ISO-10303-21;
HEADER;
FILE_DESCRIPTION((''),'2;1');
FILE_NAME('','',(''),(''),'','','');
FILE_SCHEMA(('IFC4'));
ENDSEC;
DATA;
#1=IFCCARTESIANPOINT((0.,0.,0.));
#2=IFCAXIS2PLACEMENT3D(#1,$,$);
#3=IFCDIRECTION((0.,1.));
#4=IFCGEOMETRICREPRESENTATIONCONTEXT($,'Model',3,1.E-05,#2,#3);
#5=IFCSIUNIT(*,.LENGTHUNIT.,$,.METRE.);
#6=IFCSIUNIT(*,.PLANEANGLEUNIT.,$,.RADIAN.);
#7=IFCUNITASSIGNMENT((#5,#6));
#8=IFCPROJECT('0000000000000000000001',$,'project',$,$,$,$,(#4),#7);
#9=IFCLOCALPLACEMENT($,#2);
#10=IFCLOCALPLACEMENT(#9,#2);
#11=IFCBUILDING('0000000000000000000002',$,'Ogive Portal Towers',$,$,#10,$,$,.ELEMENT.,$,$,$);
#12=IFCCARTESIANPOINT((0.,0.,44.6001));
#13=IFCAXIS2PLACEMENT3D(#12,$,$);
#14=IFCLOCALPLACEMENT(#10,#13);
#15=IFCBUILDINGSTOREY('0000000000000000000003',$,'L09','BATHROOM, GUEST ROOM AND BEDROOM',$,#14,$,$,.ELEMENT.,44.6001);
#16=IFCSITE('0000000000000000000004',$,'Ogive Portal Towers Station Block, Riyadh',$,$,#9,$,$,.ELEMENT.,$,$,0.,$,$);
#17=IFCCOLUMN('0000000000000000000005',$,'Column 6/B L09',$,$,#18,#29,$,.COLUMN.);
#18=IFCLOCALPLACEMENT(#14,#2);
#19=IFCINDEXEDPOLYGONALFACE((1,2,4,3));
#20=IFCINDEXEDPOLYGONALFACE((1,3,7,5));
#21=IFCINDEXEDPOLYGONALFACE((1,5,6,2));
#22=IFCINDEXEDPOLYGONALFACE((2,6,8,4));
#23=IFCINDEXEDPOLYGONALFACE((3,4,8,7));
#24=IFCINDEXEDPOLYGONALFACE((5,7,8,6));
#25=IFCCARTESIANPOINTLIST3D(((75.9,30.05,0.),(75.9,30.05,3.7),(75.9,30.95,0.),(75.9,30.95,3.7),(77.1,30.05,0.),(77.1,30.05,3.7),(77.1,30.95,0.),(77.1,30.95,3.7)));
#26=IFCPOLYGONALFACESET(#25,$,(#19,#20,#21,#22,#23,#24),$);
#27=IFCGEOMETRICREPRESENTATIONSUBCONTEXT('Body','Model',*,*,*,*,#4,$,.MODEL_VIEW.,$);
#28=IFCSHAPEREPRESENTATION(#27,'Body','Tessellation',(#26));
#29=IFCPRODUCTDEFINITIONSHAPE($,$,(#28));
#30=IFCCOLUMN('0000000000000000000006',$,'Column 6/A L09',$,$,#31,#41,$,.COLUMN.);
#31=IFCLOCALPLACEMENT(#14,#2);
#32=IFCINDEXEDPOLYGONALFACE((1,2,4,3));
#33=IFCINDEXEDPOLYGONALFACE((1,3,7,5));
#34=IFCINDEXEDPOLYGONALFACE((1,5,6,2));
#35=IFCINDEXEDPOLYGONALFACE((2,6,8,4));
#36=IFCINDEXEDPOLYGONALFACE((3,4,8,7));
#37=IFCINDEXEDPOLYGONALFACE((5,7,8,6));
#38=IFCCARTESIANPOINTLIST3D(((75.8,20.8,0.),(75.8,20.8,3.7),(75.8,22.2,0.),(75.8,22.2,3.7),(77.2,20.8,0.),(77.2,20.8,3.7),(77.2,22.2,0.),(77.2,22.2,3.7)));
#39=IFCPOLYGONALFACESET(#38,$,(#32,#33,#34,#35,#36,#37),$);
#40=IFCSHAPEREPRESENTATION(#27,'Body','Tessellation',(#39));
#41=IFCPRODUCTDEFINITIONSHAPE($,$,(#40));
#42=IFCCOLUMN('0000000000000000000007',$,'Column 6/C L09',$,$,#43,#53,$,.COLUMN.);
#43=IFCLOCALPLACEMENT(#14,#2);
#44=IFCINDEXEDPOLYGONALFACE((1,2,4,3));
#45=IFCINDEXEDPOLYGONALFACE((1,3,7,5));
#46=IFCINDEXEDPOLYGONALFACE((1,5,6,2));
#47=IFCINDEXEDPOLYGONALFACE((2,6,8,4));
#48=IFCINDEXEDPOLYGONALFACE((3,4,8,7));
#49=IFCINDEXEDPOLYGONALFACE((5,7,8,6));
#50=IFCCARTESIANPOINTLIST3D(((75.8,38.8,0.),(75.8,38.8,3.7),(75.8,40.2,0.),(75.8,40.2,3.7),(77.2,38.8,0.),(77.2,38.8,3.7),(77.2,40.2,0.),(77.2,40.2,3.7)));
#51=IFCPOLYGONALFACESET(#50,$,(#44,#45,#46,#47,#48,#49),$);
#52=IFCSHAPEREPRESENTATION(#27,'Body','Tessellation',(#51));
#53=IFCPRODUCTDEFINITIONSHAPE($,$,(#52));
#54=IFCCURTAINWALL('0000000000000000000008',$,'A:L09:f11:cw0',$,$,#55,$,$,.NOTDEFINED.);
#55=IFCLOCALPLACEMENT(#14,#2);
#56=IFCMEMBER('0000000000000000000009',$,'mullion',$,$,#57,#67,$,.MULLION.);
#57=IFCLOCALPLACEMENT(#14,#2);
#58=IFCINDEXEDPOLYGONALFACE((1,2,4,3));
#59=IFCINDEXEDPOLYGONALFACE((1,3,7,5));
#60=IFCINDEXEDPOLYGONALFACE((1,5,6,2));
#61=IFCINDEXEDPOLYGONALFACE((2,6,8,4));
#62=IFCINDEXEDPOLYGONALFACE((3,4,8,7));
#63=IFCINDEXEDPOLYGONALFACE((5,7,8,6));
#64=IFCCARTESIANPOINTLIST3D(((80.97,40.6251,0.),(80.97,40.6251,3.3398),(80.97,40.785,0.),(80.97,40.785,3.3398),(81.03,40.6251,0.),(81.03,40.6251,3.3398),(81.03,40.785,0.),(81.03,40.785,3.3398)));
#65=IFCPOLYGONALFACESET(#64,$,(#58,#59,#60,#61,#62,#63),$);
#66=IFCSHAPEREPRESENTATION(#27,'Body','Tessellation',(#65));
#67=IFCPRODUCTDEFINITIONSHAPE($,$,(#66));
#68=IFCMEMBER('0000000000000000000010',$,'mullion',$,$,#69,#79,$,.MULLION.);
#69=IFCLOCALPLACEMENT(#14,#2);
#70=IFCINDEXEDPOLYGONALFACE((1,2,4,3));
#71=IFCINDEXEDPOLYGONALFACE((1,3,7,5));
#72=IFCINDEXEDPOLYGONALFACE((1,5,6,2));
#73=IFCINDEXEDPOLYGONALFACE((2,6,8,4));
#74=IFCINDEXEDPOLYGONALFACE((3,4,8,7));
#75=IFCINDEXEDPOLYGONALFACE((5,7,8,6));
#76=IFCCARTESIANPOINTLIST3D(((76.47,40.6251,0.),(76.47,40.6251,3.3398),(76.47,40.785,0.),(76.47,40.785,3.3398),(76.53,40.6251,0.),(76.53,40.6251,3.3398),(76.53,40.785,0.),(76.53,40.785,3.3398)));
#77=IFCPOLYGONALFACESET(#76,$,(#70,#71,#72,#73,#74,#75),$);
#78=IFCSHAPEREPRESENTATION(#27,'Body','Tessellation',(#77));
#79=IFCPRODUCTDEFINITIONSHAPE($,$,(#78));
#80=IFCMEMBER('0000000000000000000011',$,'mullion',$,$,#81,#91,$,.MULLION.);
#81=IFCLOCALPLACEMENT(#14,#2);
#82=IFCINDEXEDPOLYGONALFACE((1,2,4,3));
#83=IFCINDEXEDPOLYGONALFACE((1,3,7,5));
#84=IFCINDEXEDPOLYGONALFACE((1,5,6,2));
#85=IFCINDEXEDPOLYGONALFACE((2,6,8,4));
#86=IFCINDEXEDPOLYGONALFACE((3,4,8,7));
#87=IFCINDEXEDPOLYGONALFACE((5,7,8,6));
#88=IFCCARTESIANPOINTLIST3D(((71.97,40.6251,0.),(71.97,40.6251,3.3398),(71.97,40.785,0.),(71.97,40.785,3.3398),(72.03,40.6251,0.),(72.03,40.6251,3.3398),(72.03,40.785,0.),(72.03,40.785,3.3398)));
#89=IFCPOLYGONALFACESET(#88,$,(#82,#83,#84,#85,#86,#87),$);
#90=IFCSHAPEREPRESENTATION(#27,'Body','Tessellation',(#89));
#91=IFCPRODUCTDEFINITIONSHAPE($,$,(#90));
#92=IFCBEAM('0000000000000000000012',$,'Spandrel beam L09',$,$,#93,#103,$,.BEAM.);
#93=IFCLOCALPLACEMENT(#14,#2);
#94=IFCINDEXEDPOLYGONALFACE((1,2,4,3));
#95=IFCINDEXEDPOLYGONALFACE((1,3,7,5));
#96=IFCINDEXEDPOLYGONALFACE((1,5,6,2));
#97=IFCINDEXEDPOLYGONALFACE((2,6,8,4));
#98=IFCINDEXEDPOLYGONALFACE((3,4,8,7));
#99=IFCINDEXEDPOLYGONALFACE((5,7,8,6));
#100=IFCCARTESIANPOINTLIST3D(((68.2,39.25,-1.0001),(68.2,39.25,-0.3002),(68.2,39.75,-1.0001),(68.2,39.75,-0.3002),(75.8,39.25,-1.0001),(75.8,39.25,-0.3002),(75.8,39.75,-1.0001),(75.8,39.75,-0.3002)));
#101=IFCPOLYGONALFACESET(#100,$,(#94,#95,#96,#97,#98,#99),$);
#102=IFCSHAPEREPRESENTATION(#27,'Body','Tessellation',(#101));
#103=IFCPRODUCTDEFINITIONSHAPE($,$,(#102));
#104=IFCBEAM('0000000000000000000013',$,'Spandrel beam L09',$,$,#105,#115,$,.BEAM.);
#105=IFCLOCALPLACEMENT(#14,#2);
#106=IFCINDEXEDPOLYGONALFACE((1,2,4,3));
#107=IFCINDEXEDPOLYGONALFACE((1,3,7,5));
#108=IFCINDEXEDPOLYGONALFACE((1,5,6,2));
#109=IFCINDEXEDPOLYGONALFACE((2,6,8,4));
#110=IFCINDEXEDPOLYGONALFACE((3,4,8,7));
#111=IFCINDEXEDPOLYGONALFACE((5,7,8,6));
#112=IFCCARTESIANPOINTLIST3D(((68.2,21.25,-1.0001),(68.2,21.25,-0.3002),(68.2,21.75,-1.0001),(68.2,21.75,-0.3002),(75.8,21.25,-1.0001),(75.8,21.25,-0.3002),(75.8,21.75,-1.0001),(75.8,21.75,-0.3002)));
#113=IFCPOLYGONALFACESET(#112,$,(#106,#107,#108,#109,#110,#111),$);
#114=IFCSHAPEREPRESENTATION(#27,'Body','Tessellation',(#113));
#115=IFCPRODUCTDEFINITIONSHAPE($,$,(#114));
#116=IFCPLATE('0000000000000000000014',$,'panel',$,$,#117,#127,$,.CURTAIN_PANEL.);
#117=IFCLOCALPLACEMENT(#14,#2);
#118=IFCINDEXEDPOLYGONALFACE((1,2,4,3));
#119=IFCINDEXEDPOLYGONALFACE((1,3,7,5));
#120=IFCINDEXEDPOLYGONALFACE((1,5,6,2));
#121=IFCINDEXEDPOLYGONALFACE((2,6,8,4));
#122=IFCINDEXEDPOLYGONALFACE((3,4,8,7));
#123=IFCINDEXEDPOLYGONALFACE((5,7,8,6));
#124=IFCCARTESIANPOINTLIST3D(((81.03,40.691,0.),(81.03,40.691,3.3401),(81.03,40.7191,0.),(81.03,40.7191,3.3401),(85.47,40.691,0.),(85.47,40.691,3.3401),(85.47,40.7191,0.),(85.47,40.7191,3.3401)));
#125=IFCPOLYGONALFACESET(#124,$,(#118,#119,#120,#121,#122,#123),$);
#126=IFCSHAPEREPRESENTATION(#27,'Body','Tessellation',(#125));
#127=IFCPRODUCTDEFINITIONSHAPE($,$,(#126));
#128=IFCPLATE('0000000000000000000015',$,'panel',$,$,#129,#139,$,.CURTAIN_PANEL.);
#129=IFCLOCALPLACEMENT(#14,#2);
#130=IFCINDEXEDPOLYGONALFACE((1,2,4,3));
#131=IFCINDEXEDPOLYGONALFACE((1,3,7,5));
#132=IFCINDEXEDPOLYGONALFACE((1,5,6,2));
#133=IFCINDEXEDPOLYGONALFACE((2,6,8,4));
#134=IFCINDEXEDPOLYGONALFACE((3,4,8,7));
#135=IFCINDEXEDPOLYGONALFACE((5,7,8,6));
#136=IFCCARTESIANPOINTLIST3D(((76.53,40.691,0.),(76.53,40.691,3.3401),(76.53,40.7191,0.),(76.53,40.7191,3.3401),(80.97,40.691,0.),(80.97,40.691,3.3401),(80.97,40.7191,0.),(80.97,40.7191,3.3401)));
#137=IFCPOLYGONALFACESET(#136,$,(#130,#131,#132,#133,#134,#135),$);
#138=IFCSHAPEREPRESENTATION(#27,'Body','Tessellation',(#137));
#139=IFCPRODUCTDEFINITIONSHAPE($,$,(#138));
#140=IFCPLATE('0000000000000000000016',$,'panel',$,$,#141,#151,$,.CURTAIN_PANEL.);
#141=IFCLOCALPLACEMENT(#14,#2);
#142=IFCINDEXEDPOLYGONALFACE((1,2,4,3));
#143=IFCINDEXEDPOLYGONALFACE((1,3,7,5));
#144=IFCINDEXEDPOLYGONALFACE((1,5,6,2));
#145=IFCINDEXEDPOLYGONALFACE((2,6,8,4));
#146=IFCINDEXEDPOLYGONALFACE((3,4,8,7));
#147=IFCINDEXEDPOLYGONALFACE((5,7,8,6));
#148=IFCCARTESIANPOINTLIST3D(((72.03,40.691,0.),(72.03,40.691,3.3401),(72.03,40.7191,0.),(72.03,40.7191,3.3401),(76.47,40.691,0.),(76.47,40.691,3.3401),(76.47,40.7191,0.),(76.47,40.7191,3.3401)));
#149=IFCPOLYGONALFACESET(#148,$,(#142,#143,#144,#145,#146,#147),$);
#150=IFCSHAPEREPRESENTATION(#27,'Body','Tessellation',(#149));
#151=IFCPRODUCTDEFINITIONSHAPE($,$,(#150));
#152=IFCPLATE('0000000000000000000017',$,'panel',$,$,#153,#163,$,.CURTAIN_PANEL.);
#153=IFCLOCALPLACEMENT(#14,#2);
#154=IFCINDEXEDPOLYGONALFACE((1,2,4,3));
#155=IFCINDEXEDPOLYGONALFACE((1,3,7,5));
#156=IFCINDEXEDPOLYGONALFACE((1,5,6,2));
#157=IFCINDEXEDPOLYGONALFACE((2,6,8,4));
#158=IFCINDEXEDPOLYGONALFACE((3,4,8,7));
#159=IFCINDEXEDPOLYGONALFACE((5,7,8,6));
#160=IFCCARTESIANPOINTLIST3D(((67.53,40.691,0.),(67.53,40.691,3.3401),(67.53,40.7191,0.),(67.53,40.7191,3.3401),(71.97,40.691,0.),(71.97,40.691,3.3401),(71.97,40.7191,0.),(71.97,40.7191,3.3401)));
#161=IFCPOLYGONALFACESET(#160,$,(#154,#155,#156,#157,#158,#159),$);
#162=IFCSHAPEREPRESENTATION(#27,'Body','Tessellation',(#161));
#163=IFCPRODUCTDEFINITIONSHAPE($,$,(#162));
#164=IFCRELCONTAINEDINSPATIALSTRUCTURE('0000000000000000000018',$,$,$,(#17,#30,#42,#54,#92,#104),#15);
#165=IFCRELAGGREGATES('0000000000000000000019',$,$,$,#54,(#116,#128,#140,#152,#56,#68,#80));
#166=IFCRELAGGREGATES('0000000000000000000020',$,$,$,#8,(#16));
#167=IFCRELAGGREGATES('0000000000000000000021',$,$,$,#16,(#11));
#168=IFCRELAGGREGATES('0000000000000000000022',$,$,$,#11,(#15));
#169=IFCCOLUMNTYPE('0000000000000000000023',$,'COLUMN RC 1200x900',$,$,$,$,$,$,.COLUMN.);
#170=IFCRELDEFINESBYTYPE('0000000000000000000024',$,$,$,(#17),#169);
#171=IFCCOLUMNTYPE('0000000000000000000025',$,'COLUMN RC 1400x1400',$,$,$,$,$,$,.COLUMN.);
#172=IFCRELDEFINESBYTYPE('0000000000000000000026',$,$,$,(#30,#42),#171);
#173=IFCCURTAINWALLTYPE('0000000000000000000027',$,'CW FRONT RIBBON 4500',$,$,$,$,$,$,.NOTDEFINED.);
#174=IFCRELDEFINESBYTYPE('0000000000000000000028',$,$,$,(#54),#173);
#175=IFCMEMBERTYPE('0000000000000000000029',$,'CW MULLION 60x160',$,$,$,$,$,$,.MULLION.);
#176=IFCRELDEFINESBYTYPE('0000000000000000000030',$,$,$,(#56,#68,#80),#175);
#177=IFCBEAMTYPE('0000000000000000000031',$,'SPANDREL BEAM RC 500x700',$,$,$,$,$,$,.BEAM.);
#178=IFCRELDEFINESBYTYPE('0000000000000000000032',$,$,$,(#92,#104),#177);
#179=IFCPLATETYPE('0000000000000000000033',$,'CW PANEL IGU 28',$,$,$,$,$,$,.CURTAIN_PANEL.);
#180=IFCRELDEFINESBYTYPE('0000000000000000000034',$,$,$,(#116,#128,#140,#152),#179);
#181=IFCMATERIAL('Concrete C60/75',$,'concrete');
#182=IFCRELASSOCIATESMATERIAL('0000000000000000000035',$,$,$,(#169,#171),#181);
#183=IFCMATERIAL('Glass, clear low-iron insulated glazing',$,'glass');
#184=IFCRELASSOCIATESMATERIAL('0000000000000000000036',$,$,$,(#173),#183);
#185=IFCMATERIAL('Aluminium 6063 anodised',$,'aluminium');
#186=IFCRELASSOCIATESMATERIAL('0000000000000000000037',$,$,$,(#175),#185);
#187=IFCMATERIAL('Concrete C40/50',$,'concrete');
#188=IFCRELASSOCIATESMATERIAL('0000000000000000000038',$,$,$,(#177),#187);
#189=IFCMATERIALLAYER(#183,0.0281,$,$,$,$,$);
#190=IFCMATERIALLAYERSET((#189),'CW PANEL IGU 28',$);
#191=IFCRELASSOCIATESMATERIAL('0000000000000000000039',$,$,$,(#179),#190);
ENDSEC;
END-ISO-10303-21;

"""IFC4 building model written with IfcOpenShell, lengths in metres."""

from ifc_helpers import new_model, si_unit, direction, frame, origin, origin_2d, place, context, subcontext, project, spatial, rectangle, extrude, material, layer, layer_set, material_profile, profile_set, type_object, element, aggregate, save


model = new_model("IFC4")

# Units and contexts
model_context = context("Model", 3, precision=1e-05, world=origin(), true_north=direction((0.0, 1.0)))
body_context = subcontext(model_context, "Body", "Model", "MODEL_VIEW")
ifc_project = project(units=[si_unit("LENGTHUNIT", "METRE"), si_unit("PLANEANGLEUNIT", "RADIAN")], contexts=[model_context])

# Site, building, storey
site_placement = place(None, origin())
site = spatial("IfcSite", under=ifc_project, at=site_placement, Name="Ogive Portal Towers Station Block, Riyadh", CompositionType="ELEMENT", RefElevation=0.0)
building_placement = place(site_placement, origin())
building = spatial("IfcBuilding", under=site, at=building_placement, Name="Ogive Portal Towers", CompositionType="ELEMENT")
storey_placement = place(building_placement, frame((0.0, 0.0, 44.6001)))
storey = spatial("IfcBuildingStorey", under=building, at=storey_placement, Name="L09", Description="BATHROOM, GUEST ROOM AND BEDROOM", CompositionType="ELEMENT", Elevation=44.6001)

# Columns
ifc_material_1 = material(Name="Concrete C60/75", Category="concrete")
ifc_material_profile_1 = material_profile(ifc_material_1, rectangle(XDim=1.2, YDim=0.8999, at=origin_2d()), Name="RC 1200x900")
ifc_profile_set_1 = profile_set([ifc_material_profile_1], Name="Concrete C60/75")
column_type_1 = type_object("IfcColumnType", Name="COLUMN RC 1200x900", PredefinedType="COLUMN", material=ifc_profile_set_1)
column_placement = place(storey_placement, frame((76.5, 30.5, 0.0), z_axis=(0.0, 0.0, 1.0), x_axis=(1.0, 0.0, 0.0)))
element("IfcColumn", 1, at=column_placement, inside=storey, type_object=column_type_1, Name="Column 6/B L09", PredefinedType="COLUMN", context=body_context, shape_type="SweptSolid", body=[
    extrude(rectangle(XDim=1.2, YDim=0.8999, at=origin_2d()), origin(), (0.0, 0.0, 1.0), 3.7),
])
ifc_material_profile_2 = material_profile(ifc_material_1, rectangle(XDim=1.3999, YDim=1.3999, at=origin_2d()), Name="RC 1400x1400")
ifc_profile_set_2 = profile_set([ifc_material_profile_2], Name="Concrete C60/75")
column_type_2 = type_object("IfcColumnType", Name="COLUMN RC 1400x1400", PredefinedType="COLUMN", material=ifc_profile_set_2)
for number, where, z_axis, x_axis, name in (
    (2, (76.5, 21.5, 0.0), (0.0, 0.0, 1.0), (1.0, 0.0, 0.0), "Column 6/A L09"),
    (3, (76.5, 39.5, 0.0), (0.0, 0.0, 1.0), (1.0, 0.0, 0.0), "Column 6/C L09"),
):
    element("IfcColumn", number, at=place(storey_placement, frame(where, z_axis=z_axis, x_axis=x_axis)), inside=storey, type_object=column_type_2, Name=name, PredefinedType="COLUMN", context=body_context, shape_type="SweptSolid", body=[
        extrude(rectangle(XDim=1.3999, YDim=1.3999, at=origin_2d()), origin(), (0.0, 0.0, 1.0), 3.7),
    ])

# Curtain wall, members
ifc_material_2 = material(Name="Glass, clear low-iron insulated glazing", Category="glass")
curtain_wall_type = type_object("IfcCurtainWallType", Name="CW FRONT RIBBON 4500", PredefinedType="NOTDEFINED", material=ifc_material_2)
curtain_wall_placement = place(storey_placement, origin())
curtain_wall = element("IfcCurtainWall", 4, at=curtain_wall_placement, inside=storey, type_object=curtain_wall_type, Name="A:L09:f11:cw0", PredefinedType="NOTDEFINED")
ifc_material_3 = material(Name="Aluminium 6063 anodised", Category="aluminium")
ifc_material_profile_3 = material_profile(ifc_material_3, rectangle(XDim=0.1599, YDim=0.0601, at=origin_2d()), Name="AL 60x160")
ifc_profile_set_3 = profile_set([ifc_material_profile_3], Name="Aluminium 6063 anodised")
member_type = type_object("IfcMemberType", Name="CW MULLION 60x160", PredefinedType="MULLION", material=ifc_profile_set_3)
member_1_placement = place(storey_placement, frame((81.0, 40.7051, 0.0), z_axis=(0.0, 0.0, 1.0), x_axis=(0.0, -1.0, 0.0)))
member_1 = element("IfcMember", 5, at=member_1_placement, type_object=member_type, Name="mullion", PredefinedType="MULLION", context=body_context, shape_type="SweptSolid", body=[
    extrude(rectangle(XDim=0.1599, YDim=0.0601, at=origin_2d()), origin(), (0.0, 0.0, 1.0), 3.3398),
])
member_2_placement = place(storey_placement, frame((76.5, 40.7051, 0.0), z_axis=(0.0, 0.0, 1.0), x_axis=(0.0, -1.0, 0.0)))
member_2 = element("IfcMember", 6, at=member_2_placement, type_object=member_type, Name="mullion", PredefinedType="MULLION", context=body_context, shape_type="SweptSolid", body=[
    extrude(rectangle(XDim=0.1599, YDim=0.0601, at=origin_2d()), origin(), (0.0, 0.0, 1.0), 3.3398),
])
member_3_placement = place(storey_placement, frame((72.0, 40.7051, 0.0), z_axis=(0.0, 0.0, 1.0), x_axis=(0.0, -1.0, 0.0)))
member_3 = element("IfcMember", 7, at=member_3_placement, type_object=member_type, Name="mullion", PredefinedType="MULLION", context=body_context, shape_type="SweptSolid", body=[
    extrude(rectangle(XDim=0.1599, YDim=0.0601, at=origin_2d()), origin(), (0.0, 0.0, 1.0), 3.3398),
])

# Beams
ifc_material_4 = material(Name="Concrete C40/50", Category="concrete")
ifc_material_profile_4 = material_profile(ifc_material_4, rectangle(XDim=0.5, YDim=0.7, at=origin_2d()), Name="RC 500x700")
ifc_profile_set_4 = profile_set([ifc_material_profile_4], Name="Concrete C40/50")
beam_type = type_object("IfcBeamType", Name="SPANDREL BEAM RC 500x700", PredefinedType="BEAM", material=ifc_profile_set_4)
for number, where, z_axis, x_axis, name in (
    (8, (68.2, 39.5, -0.6501), (1.0, 0.0, 0.0), (0.0, 1.0, 0.0), "Spandrel beam L09"),
    (9, (75.8, 21.5, -0.6501), (-1.0, 0.0, 0.0), (0.0, -1.0, 0.0), "Spandrel beam L09"),
):
    element("IfcBeam", number, at=place(storey_placement, frame(where, z_axis=z_axis, x_axis=x_axis)), inside=storey, type_object=beam_type, Name=name, PredefinedType="BEAM", context=body_context, shape_type="SweptSolid", body=[
        extrude(rectangle(XDim=0.5, YDim=0.7, at=origin_2d()), origin(), (0.0, 0.0, 1.0), 7.6001),
    ])

# Plates
ifc_layer_1 = layer(ifc_material_2, 0.0281)
ifc_layer_set_1 = layer_set([ifc_layer_1], Name="CW PANEL IGU 28")
plate_type = type_object("IfcPlateType", Name="CW PANEL IGU 28", PredefinedType="CURTAIN_PANEL", material=ifc_layer_set_1)
plate_1_placement = place(storey_placement, frame((83.25, 40.7051, 0.0), z_axis=(0.0, 0.0, 1.0), x_axis=(-1.0, 0.0, 0.0)))
plate_1 = element("IfcPlate", 10, at=plate_1_placement, type_object=plate_type, Name="panel", PredefinedType="CURTAIN_PANEL", context=body_context, shape_type="SweptSolid", body=[
    extrude(rectangle(XDim=4.4399, YDim=0.0281, at=origin_2d()), origin(), (0.0, 0.0, 1.0), 3.3401),
])
plate_2_placement = place(storey_placement, frame((78.75, 40.7051, 0.0), z_axis=(0.0, 0.0, 1.0), x_axis=(-1.0, 0.0, 0.0)))
plate_2 = element("IfcPlate", 11, at=plate_2_placement, type_object=plate_type, Name="panel", PredefinedType="CURTAIN_PANEL", context=body_context, shape_type="SweptSolid", body=[
    extrude(rectangle(XDim=4.4399, YDim=0.0281, at=origin_2d()), origin(), (0.0, 0.0, 1.0), 3.3401),
])
plate_3_placement = place(storey_placement, frame((74.25, 40.7051, 0.0), z_axis=(0.0, 0.0, 1.0), x_axis=(-1.0, 0.0, 0.0)))
plate_3 = element("IfcPlate", 12, at=plate_3_placement, type_object=plate_type, Name="panel", PredefinedType="CURTAIN_PANEL", context=body_context, shape_type="SweptSolid", body=[
    extrude(rectangle(XDim=4.4399, YDim=0.0281, at=origin_2d()), origin(), (0.0, 0.0, 1.0), 3.3401),
])
plate_4_placement = place(storey_placement, frame((69.75, 40.7051, 0.0), z_axis=(0.0, 0.0, 1.0), x_axis=(-1.0, 0.0, 0.0)))
plate_4 = element("IfcPlate", 13, at=plate_4_placement, type_object=plate_type, Name="panel", PredefinedType="CURTAIN_PANEL", context=body_context, shape_type="SweptSolid", body=[
    extrude(rectangle(XDim=4.4399, YDim=0.0281, at=origin_2d()), origin(), (0.0, 0.0, 1.0), 3.3401),
])
aggregate(curtain_wall, [plate_1, plate_2, plate_3, plate_4, member_1, member_2, member_3])

save(model, "model.ifc")
